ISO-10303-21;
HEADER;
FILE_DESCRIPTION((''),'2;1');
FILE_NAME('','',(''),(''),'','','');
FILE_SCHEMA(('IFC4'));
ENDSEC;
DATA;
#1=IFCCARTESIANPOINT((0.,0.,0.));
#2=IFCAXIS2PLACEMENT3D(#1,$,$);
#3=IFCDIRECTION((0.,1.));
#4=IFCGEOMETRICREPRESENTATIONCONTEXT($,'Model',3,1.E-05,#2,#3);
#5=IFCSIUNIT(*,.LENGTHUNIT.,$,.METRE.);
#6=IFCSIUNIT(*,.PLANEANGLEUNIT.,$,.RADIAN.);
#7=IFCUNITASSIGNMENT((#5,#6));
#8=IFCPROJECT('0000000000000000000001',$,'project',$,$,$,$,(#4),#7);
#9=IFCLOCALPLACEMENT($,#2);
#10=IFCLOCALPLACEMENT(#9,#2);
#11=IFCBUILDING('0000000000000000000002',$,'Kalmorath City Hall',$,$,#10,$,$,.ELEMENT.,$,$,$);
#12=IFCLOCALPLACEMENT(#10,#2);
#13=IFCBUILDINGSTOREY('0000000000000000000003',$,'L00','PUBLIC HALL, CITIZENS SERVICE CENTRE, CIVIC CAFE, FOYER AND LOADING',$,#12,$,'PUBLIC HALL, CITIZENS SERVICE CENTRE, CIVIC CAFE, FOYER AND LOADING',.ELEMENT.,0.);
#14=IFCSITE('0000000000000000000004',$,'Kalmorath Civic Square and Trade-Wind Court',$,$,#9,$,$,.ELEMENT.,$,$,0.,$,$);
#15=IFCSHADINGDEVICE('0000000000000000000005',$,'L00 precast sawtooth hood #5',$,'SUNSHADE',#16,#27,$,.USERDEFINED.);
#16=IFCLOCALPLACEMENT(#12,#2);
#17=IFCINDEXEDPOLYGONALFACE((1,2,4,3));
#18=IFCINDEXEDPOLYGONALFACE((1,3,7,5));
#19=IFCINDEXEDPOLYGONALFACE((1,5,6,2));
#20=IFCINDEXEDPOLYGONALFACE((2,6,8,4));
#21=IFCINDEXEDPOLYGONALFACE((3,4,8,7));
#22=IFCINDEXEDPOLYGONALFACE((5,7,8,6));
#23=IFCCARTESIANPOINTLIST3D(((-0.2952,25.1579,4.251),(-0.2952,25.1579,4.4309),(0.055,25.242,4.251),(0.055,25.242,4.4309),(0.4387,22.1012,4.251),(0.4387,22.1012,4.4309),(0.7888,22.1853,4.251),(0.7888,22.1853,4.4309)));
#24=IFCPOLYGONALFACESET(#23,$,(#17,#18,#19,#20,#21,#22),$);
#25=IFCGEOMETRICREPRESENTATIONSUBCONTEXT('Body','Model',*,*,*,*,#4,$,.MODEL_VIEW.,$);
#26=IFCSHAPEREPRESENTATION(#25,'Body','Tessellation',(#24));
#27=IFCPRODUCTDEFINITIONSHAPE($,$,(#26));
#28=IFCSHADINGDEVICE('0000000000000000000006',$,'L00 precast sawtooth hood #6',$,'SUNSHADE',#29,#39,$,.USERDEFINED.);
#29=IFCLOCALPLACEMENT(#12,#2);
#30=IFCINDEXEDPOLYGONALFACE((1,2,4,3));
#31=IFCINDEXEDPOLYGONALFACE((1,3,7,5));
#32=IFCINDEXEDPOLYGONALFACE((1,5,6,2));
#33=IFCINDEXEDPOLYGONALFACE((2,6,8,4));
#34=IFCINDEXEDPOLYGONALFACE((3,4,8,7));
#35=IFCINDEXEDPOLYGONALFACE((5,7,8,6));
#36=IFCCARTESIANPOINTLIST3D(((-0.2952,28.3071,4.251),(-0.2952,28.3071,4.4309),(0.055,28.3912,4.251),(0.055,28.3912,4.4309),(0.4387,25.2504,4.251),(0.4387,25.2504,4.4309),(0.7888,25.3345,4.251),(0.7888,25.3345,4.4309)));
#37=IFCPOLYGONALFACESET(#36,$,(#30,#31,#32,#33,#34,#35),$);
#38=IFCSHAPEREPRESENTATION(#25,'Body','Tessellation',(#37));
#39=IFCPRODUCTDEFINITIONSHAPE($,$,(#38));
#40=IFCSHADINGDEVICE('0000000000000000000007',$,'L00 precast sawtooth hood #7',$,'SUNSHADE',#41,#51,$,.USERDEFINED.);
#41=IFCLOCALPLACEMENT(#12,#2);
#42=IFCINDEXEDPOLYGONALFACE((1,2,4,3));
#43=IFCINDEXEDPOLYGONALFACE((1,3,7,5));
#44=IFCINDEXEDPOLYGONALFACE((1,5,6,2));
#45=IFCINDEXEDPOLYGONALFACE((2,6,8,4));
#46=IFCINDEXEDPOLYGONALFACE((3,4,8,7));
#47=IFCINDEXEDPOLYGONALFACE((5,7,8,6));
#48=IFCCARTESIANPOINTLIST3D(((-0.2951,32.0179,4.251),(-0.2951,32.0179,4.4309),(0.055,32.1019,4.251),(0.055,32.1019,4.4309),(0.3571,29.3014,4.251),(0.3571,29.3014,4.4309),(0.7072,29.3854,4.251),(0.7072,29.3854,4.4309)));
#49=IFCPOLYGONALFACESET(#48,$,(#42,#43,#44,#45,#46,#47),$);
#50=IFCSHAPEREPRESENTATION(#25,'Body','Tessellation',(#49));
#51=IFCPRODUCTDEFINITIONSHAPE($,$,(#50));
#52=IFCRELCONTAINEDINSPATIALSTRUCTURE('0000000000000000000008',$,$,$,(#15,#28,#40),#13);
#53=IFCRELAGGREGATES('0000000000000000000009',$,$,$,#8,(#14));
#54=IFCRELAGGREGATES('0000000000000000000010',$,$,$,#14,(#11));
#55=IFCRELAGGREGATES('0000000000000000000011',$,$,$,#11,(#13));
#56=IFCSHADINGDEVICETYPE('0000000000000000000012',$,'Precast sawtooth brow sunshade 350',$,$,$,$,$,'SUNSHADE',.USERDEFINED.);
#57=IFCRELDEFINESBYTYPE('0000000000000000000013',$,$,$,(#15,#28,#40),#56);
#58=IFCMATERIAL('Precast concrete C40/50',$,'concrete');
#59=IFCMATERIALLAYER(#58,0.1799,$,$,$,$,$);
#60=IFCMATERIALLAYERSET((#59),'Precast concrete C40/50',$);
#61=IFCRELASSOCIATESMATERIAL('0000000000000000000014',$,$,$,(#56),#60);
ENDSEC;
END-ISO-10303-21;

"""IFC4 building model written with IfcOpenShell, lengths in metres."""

from ifc_helpers import new_model, si_unit, direction, frame, origin, origin_2d, place, context, subcontext, project, spatial, rectangle, extrude, material, layer, layer_set, type_object, element, save


model = new_model("IFC4")

# Units and contexts
model_context = context("Model", 3, precision=1e-05, world=origin(), true_north=direction((0.0, 1.0)))
body_context = subcontext(model_context, "Body", "Model", "MODEL_VIEW")
ifc_project = project(units=[si_unit("LENGTHUNIT", "METRE"), si_unit("PLANEANGLEUNIT", "RADIAN")], contexts=[model_context])

# Site, building, storey
site_placement = place(None, origin())
site = spatial("IfcSite", under=ifc_project, at=site_placement, Name="Kalmorath Civic Square and Trade-Wind Court", CompositionType="ELEMENT", RefElevation=0.0)
building_placement = place(site_placement, origin())
building = spatial("IfcBuilding", under=site, at=building_placement, Name="Kalmorath City Hall", CompositionType="ELEMENT")
storey_placement = place(building_placement, origin())
storey = spatial("IfcBuildingStorey", under=building, at=storey_placement, Name="L00", Description="PUBLIC HALL, CITIZENS SERVICE CENTRE, CIVIC CAFE, FOYER AND LOADING", LongName="PUBLIC HALL, CITIZENS SERVICE CENTRE, CIVIC CAFE, FOYER AND LOADING", CompositionType="ELEMENT", Elevation=0.0)

# Shading devices
ifc_material_1 = material(Name="Precast concrete C40/50", Category="concrete")
ifc_layer_1 = layer(ifc_material_1, 0.1799)
ifc_layer_set_1 = layer_set([ifc_layer_1], Name="Precast concrete C40/50")
shading_device_type = type_object("IfcShadingDeviceType", Name="Precast sawtooth brow sunshade 350", ElementType="SUNSHADE", PredefinedType="USERDEFINED", material=ifc_layer_set_1)
for number, where, z_axis, x_axis, name in (
    (1, (0.2468, 23.6716, 4.251), (0.0, 0.0, 1.0), (-0.233445, 0.97237, 0.0), "L00 precast sawtooth hood #5"),
    (2, (0.2468, 26.8208, 4.251), (0.0, 0.0, 1.0), (-0.233445, 0.97237, 0.0), "L00 precast sawtooth hood #6"),
):
    element("IfcShadingDevice", number, at=place(storey_placement, frame(where, z_axis=z_axis, x_axis=x_axis)), inside=storey, type_object=shading_device_type, Name=name, ObjectType="SUNSHADE", PredefinedType="USERDEFINED", context=body_context, shape_type="SweptSolid", body=[
        extrude(rectangle(XDim=3.1436, YDim=0.3601, at=origin_2d()), origin(), (0.0, 0.0, 1.0), 0.1799),
    ])
shading_device_placement = place(storey_placement, frame((0.2061, 30.7017, 4.251), z_axis=(0.0, 0.0, 1.0), x_axis=(-0.233445, 0.97237, 0.0)))
element("IfcShadingDevice", 3, at=shading_device_placement, inside=storey, type_object=shading_device_type, Name="L00 precast sawtooth hood #7", ObjectType="SUNSHADE", PredefinedType="USERDEFINED", context=body_context, shape_type="SweptSolid", body=[
    extrude(rectangle(XDim=2.7937, YDim=0.3601, at=origin_2d()), origin(), (0.0, 0.0, 1.0), 0.1799),
])

save(model, "model.ifc")
